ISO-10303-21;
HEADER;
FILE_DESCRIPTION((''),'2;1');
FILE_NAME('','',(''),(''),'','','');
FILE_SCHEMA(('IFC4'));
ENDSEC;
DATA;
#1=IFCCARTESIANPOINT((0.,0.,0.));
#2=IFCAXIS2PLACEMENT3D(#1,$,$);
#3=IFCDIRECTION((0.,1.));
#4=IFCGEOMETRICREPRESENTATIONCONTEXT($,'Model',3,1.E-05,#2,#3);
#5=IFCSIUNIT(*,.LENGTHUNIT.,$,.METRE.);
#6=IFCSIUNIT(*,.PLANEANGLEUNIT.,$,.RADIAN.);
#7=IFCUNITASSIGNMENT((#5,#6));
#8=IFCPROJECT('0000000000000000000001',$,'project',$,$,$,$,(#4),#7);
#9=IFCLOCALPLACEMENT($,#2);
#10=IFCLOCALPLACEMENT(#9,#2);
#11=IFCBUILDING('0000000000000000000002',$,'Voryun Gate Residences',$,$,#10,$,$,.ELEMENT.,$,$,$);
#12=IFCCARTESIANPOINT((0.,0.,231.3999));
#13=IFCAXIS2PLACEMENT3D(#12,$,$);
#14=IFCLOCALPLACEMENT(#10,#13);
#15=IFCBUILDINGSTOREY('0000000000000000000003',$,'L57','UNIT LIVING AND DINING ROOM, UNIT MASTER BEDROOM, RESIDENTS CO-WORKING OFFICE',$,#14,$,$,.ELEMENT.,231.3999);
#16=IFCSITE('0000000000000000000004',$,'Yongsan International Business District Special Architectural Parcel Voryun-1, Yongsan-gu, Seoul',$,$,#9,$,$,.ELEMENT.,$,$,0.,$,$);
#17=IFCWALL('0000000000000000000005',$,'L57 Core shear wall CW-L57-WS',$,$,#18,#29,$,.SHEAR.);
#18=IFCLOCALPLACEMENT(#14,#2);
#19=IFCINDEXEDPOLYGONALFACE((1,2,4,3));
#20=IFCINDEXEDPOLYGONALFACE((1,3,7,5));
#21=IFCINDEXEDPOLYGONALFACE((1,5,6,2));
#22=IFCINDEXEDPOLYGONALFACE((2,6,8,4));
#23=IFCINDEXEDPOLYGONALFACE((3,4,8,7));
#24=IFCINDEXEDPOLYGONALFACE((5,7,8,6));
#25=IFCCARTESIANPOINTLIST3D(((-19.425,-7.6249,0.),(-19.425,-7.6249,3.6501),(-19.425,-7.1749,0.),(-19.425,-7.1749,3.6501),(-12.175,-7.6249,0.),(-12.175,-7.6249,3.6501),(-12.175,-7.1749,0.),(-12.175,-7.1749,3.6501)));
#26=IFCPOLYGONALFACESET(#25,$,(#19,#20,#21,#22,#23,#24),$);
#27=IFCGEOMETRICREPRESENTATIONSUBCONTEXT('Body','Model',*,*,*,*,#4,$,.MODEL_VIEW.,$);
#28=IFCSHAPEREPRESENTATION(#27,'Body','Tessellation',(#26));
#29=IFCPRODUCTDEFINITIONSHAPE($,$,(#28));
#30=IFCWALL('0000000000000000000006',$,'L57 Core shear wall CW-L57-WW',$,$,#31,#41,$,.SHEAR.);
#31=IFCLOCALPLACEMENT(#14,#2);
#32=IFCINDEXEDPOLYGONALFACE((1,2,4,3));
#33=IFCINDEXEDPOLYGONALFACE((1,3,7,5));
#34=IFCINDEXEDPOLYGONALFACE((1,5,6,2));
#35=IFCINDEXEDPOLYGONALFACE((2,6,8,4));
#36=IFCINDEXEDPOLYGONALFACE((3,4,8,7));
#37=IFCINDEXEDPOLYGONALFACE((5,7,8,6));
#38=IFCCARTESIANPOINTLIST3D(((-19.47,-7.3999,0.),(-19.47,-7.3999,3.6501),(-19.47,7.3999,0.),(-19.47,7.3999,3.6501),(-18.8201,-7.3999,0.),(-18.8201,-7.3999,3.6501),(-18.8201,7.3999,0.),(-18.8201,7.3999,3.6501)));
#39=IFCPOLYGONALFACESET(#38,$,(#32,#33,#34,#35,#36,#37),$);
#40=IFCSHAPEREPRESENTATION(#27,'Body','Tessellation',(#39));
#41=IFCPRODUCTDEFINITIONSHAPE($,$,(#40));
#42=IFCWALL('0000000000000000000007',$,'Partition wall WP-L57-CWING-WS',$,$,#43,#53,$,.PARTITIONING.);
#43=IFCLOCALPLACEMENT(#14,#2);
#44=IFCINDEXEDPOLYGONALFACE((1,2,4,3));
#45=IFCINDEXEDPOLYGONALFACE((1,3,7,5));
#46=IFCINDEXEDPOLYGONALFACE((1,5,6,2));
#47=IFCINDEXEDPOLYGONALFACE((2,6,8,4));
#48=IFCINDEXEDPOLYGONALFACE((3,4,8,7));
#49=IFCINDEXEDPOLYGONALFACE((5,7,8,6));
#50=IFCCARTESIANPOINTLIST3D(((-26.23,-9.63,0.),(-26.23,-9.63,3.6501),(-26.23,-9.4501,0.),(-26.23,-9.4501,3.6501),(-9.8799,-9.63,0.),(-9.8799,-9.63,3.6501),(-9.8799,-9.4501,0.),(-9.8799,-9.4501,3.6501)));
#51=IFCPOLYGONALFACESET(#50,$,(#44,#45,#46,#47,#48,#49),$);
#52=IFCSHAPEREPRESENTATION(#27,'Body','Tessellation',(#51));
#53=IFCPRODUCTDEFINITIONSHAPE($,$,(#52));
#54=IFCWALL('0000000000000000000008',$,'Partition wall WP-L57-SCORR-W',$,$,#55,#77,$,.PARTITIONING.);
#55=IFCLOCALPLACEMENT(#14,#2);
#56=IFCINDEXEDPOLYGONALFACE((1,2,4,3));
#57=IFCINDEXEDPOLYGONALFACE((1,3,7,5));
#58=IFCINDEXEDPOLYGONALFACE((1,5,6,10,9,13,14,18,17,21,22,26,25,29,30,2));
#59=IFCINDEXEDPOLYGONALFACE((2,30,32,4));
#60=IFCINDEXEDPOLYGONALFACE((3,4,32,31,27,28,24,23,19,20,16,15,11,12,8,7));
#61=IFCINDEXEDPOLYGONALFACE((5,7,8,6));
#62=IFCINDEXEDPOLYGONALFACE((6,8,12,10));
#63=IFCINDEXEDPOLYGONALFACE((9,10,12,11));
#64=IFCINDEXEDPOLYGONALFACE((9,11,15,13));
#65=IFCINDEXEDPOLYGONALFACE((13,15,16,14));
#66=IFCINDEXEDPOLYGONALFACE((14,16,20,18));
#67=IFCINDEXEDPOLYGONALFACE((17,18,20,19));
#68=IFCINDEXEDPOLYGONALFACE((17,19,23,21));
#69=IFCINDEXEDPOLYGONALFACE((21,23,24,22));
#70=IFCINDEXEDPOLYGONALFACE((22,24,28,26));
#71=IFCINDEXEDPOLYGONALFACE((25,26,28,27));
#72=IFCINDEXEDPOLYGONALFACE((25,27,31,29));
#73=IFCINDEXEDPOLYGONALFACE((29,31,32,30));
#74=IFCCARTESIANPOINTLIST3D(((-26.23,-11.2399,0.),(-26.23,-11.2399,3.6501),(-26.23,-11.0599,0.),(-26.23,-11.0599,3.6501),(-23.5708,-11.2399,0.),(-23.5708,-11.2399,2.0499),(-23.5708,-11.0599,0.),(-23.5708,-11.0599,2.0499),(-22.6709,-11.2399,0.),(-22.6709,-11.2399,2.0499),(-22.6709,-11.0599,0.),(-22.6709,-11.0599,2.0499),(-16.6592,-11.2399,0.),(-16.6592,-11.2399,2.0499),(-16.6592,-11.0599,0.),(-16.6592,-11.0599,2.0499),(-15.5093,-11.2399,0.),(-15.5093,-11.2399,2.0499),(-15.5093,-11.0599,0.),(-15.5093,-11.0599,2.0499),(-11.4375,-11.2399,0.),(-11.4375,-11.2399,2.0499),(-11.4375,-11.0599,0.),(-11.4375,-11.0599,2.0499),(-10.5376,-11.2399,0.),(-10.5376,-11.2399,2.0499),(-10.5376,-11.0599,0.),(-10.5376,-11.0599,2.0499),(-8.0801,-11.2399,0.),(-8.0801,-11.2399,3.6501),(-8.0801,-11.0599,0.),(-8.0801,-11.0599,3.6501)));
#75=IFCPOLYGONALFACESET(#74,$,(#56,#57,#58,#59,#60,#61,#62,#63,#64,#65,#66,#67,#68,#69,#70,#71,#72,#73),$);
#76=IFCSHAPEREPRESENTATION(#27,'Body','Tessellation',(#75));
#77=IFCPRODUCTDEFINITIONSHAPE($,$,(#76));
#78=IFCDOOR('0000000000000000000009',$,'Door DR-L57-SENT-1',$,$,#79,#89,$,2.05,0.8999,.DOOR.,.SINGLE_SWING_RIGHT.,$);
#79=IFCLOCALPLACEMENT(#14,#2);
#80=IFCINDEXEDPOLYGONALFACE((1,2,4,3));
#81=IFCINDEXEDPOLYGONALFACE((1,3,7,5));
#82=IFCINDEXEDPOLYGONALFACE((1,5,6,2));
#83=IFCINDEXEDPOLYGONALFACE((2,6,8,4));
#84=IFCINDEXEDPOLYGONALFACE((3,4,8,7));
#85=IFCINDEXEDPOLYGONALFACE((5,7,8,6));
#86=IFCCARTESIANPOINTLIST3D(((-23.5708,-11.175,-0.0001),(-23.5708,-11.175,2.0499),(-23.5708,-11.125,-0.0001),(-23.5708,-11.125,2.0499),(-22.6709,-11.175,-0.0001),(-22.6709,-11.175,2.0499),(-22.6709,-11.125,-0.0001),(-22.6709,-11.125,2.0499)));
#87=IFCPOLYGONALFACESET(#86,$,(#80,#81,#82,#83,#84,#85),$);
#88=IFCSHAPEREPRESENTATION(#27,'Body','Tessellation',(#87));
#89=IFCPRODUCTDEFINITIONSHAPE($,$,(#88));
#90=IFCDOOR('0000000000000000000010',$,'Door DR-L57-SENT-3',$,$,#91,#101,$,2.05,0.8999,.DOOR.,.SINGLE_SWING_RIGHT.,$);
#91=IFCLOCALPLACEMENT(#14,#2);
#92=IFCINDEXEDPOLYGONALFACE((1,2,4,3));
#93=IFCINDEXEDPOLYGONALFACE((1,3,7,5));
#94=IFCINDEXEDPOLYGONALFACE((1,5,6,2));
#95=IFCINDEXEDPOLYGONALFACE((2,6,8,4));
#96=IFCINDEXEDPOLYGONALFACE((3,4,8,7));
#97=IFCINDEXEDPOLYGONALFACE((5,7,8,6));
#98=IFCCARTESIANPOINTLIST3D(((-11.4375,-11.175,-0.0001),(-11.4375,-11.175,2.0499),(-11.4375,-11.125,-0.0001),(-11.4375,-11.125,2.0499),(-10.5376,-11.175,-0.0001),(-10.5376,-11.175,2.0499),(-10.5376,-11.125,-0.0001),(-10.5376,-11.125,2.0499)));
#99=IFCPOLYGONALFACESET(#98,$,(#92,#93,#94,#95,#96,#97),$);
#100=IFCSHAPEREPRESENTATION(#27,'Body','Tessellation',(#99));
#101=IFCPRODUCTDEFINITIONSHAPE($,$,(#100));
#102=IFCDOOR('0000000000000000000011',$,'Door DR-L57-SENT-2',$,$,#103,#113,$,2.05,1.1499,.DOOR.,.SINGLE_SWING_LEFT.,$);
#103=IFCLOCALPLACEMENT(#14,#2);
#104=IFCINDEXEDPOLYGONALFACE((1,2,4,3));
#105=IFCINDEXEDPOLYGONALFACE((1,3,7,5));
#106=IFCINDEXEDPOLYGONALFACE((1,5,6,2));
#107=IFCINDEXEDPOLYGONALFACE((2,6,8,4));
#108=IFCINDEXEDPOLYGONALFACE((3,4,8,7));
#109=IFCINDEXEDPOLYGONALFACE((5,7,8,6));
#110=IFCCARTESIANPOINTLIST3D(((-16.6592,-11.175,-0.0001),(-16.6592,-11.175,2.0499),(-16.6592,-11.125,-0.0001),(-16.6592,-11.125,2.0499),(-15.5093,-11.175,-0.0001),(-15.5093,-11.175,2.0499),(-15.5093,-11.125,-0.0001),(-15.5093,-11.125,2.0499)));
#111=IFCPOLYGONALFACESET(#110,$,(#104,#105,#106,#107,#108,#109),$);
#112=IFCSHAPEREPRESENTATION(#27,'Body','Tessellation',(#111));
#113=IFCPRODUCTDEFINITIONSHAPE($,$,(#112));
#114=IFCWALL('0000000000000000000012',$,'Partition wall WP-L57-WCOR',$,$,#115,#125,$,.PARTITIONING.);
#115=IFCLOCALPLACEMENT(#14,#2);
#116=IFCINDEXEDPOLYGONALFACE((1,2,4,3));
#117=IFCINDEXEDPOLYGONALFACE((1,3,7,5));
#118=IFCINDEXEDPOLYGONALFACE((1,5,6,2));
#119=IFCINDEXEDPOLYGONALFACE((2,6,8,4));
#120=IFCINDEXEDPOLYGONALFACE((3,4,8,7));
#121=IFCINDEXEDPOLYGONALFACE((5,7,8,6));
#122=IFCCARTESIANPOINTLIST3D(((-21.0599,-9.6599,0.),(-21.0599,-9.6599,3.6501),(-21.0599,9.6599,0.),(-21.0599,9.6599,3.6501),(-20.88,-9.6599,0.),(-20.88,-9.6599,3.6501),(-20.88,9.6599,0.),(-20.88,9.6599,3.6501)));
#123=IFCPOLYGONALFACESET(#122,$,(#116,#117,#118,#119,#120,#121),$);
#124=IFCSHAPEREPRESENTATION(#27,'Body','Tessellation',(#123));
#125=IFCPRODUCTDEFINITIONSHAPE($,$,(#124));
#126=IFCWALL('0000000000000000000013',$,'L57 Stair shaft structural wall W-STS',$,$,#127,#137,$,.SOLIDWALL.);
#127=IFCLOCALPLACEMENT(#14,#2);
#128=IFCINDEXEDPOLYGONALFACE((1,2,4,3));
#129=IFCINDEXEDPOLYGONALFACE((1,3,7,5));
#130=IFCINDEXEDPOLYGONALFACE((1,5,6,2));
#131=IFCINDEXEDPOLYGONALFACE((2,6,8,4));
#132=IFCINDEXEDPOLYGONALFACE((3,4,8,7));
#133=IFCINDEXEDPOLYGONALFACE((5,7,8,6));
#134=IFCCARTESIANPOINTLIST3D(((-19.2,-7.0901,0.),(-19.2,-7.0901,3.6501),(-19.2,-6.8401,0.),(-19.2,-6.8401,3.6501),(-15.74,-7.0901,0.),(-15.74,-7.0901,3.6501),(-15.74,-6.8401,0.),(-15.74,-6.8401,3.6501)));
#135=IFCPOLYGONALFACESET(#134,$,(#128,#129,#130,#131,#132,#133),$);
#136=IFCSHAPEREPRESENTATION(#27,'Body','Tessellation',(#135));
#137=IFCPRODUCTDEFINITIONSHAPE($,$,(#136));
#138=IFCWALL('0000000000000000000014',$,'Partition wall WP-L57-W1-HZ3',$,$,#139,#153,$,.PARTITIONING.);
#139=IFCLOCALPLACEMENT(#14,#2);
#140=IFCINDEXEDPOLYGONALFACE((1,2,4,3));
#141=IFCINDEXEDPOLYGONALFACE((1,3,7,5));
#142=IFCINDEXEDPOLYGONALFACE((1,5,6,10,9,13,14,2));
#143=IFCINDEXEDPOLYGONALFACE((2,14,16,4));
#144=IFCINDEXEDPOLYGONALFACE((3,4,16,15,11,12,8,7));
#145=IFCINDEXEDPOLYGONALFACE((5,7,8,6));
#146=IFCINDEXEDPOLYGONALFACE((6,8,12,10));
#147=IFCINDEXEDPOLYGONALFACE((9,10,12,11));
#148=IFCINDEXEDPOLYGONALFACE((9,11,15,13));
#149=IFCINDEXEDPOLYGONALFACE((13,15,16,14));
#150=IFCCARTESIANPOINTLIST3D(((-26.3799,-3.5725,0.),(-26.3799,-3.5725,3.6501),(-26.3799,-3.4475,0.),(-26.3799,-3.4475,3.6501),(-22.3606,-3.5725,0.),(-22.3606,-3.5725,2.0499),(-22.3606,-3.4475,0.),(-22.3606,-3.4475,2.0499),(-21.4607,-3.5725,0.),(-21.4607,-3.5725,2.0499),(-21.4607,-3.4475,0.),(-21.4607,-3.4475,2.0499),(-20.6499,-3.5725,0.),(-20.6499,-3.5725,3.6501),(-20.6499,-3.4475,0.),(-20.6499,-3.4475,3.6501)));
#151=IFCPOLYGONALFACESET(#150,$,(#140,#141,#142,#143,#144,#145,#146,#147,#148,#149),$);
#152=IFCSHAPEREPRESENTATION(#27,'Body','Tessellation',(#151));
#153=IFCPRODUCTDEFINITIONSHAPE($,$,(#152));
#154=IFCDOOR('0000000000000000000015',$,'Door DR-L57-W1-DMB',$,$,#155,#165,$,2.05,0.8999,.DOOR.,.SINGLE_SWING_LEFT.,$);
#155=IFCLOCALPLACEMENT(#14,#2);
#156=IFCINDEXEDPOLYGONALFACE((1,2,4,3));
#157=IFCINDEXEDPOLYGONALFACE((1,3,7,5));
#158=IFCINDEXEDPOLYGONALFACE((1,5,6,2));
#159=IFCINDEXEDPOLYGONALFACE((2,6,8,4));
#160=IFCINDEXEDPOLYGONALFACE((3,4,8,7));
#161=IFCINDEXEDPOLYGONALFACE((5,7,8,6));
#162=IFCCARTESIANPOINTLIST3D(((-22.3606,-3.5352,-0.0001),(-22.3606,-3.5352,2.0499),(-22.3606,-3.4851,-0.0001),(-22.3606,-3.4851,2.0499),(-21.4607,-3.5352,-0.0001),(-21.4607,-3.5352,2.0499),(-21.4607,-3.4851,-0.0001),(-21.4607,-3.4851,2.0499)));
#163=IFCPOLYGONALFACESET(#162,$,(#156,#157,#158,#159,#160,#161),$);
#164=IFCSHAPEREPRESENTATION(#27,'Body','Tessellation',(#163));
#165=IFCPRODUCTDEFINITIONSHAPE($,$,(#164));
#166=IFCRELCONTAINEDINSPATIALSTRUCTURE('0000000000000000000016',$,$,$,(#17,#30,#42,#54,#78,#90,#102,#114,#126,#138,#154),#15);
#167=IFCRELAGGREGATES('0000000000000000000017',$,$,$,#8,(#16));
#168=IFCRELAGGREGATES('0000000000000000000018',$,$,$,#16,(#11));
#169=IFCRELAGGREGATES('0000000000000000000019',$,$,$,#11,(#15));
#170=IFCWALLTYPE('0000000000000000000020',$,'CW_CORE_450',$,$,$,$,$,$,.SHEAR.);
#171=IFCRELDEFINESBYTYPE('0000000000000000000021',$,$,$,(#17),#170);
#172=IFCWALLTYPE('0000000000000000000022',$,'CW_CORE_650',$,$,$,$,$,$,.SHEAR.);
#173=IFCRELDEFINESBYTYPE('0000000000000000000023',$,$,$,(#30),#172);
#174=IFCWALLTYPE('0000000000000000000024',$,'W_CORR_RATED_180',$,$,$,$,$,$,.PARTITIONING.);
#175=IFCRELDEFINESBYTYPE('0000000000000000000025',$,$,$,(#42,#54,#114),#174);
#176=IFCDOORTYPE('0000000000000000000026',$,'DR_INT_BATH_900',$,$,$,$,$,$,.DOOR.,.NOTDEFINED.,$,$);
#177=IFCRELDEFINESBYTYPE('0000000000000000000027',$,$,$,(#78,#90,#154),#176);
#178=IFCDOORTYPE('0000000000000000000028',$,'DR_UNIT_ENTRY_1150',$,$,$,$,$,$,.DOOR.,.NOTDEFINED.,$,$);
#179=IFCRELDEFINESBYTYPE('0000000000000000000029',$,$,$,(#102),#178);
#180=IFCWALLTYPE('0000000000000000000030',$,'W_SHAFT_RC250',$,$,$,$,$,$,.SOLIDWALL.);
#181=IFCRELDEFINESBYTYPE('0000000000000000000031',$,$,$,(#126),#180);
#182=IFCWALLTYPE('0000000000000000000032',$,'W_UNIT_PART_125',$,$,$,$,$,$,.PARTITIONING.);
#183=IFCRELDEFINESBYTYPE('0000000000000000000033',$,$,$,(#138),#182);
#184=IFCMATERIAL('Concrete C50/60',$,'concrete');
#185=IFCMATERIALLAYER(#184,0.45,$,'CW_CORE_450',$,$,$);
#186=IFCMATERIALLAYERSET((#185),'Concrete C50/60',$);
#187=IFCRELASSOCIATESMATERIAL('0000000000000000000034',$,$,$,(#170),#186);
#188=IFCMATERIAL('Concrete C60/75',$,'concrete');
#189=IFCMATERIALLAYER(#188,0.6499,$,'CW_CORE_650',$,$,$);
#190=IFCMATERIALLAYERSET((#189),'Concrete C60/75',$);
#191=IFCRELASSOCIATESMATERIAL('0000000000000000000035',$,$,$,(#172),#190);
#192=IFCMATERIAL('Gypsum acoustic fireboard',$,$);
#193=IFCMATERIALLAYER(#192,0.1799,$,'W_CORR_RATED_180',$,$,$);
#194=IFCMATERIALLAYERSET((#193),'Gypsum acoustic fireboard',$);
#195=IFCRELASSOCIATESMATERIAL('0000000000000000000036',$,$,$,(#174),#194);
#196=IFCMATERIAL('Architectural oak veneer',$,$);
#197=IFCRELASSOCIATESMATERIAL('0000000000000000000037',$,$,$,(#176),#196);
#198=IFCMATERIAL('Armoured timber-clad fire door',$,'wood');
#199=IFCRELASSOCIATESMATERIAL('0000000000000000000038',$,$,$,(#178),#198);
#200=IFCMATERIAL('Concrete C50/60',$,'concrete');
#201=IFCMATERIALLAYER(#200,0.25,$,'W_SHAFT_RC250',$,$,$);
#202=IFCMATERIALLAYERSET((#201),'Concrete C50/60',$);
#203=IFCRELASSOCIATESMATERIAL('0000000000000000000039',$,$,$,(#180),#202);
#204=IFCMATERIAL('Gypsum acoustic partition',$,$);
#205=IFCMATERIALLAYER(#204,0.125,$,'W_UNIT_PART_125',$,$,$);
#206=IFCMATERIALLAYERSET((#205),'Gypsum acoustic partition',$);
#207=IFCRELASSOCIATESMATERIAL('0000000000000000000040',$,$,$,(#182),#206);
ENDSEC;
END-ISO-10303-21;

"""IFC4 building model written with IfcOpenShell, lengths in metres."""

from ifc_helpers import new_model, si_unit, direction, frame, frame_2d, origin, place, context, subcontext, project, spatial, rectangle, extrude, material, layer, layer_set, type_object, element, fill, save


model = new_model("IFC4")

# Units and contexts
model_context = context("Model", 3, precision=1e-05, world=origin(), true_north=direction((0.0, 1.0)))
body_context = subcontext(model_context, "Body", "Model", "MODEL_VIEW")
ifc_project = project(units=[si_unit("LENGTHUNIT", "METRE"), si_unit("PLANEANGLEUNIT", "RADIAN")], contexts=[model_context])

# Site, building, storey
site_placement = place(None, origin())
site = spatial("IfcSite", under=ifc_project, at=site_placement, Name="Yongsan International Business District Special Architectural Parcel Voryun-1, Yongsan-gu, Seoul", CompositionType="ELEMENT", RefElevation=0.0)
building_placement = place(site_placement, origin())
building = spatial("IfcBuilding", under=site, at=building_placement, Name="Voryun Gate Residences", CompositionType="ELEMENT")
storey_placement = place(building_placement, frame((0.0, 0.0, 231.3999)))
storey = spatial("IfcBuildingStorey", under=building, at=storey_placement, Name="L57", Description="UNIT LIVING AND DINING ROOM, UNIT MASTER BEDROOM, RESIDENTS CO-WORKING OFFICE", CompositionType="ELEMENT", Elevation=231.3999)

# Walls
ifc_material_1 = material(Name="Concrete C50/60", Category="concrete")
ifc_layer_1 = layer(ifc_material_1, 0.45, Name="CW_CORE_450")
ifc_layer_set_1 = layer_set([ifc_layer_1], Name="Concrete C50/60")
wall_type_1 = type_object("IfcWallType", Name="CW_CORE_450", PredefinedType="SHEAR", material=ifc_layer_set_1)
wall_1_placement = place(storey_placement, frame((-19.425, -7.3999, 0.0), z_axis=(0.0, 0.0, 1.0), x_axis=(1.0, 0.0, 0.0)))
element("IfcWall", 1, at=wall_1_placement, inside=storey, type_object=wall_type_1, Name="L57 Core shear wall CW-L57-WS", PredefinedType="SHEAR", context=body_context, shape_type="SweptSolid", body=[
    extrude(rectangle(XDim=7.25, YDim=0.45, at=frame_2d((3.625, 0.0))), origin(), (0.0, 0.0, 1.0), 3.6501),
])
ifc_material_2 = material(Name="Concrete C60/75", Category="concrete")
ifc_layer_2 = layer(ifc_material_2, 0.6499, Name="CW_CORE_650")
ifc_layer_set_2 = layer_set([ifc_layer_2], Name="Concrete C60/75")
wall_type_2 = type_object("IfcWallType", Name="CW_CORE_650", PredefinedType="SHEAR", material=ifc_layer_set_2)
wall_2_placement = place(storey_placement, frame((-19.145, -7.3999, 0.0), z_axis=(0.0, 0.0, 1.0), x_axis=(0.0, 1.0, 0.0)))
element("IfcWall", 2, at=wall_2_placement, inside=storey, type_object=wall_type_2, Name="L57 Core shear wall CW-L57-WW", PredefinedType="SHEAR", context=body_context, shape_type="SweptSolid", body=[
    extrude(rectangle(XDim=14.7998, YDim=0.6499, at=frame_2d((7.3999, 0.0))), origin(), (0.0, 0.0, 1.0), 3.6501),
])
ifc_material_3 = material(Name="Gypsum acoustic fireboard")
ifc_layer_3 = layer(ifc_material_3, 0.1799, Name="W_CORR_RATED_180")
ifc_layer_set_3 = layer_set([ifc_layer_3], Name="Gypsum acoustic fireboard")
wall_type_3 = type_object("IfcWallType", Name="W_CORR_RATED_180", PredefinedType="PARTITIONING", material=ifc_layer_set_3)
wall_3_placement = place(storey_placement, frame((-26.23, -9.54, 0.0), z_axis=(0.0, 0.0, 1.0), x_axis=(1.0, 0.0, 0.0)))
element("IfcWall", 3, at=wall_3_placement, inside=storey, type_object=wall_type_3, Name="Partition wall WP-L57-CWING-WS", PredefinedType="PARTITIONING", context=body_context, shape_type="SweptSolid", body=[
    extrude(rectangle(XDim=16.3501, YDim=0.1799, at=frame_2d((8.175, 0.0))), origin(), (0.0, 0.0, 1.0), 3.6501),
])

# Wall, openings, doors
wall_4_placement = place(storey_placement, frame((-26.23, -11.1499, 0.0), z_axis=(0.0, 0.0, 1.0), x_axis=(1.0, 0.0, 0.0)))
wall_4 = element("IfcWall", 4, at=wall_4_placement, inside=storey, type_object=wall_type_3, Name="Partition wall WP-L57-SCORR-W", PredefinedType="PARTITIONING", context=body_context, shape_type="SweptSolid", body=[
    extrude(rectangle(XDim=18.1499, YDim=0.1799, at=frame_2d((9.075, 0.0))), origin(), (0.0, 0.0, 1.0), 3.6501),
])
opening_1_placement = place(wall_4_placement, frame((2.6592, 0.0, 0.0)))
opening_1 = element("IfcOpeningElement", 5, at=opening_1_placement, cuts=wall_4, PredefinedType="OPENING", context=body_context, shape_type="SweptSolid", body=[
    extrude(rectangle(XDim=0.8999, YDim=2.05, at=frame_2d((0.45, 1.0249))), frame((0.0, 0.0999, 0.0), z_axis=(0.0, -1.0, 0.0), x_axis=(1.0, 0.0, 0.0)), (0.0, 0.0, 1.0), 0.2),
])
opening_2_placement = place(wall_4_placement, frame((9.5708, 0.0, 0.0)))
opening_2 = element("IfcOpeningElement", 6, at=opening_2_placement, cuts=wall_4, PredefinedType="OPENING", context=body_context, shape_type="SweptSolid", body=[
    extrude(rectangle(XDim=1.1499, YDim=2.05, at=frame_2d((0.575, 1.0249))), frame((0.0, 0.0999, 0.0), z_axis=(0.0, -1.0, 0.0), x_axis=(1.0, 0.0, 0.0)), (0.0, 0.0, 1.0), 0.2),
])
opening_3_placement = place(wall_4_placement, frame((14.7925, 0.0, 0.0)))
opening_3 = element("IfcOpeningElement", 7, at=opening_3_placement, cuts=wall_4, PredefinedType="OPENING", context=body_context, shape_type="SweptSolid", body=[
    extrude(rectangle(XDim=0.8999, YDim=2.05, at=frame_2d((0.45, 1.0249))), frame((0.0, 0.0999, 0.0), z_axis=(0.0, -1.0, 0.0), x_axis=(1.0, 0.0, 0.0)), (0.0, 0.0, 1.0), 0.2),
])
ifc_material_4 = material(Name="Architectural oak veneer")
door_type_1 = type_object("IfcDoorType", Name="DR_INT_BATH_900", OperationType="NOTDEFINED", PredefinedType="DOOR", material=ifc_material_4)
door_1_placement = place(opening_1_placement, origin())
door_1 = element("IfcDoor", 8, at=door_1_placement, inside=storey, type_object=door_type_1, Name="Door DR-L57-SENT-1", OperationType="SINGLE_SWING_RIGHT", OverallHeight=2.05, OverallWidth=0.8999, PredefinedType="DOOR", context=body_context, shape_type="SweptSolid", body=[
    extrude(rectangle(XDim=0.8999, YDim=2.05, at=frame_2d((0.45, 1.0249))), frame((0.0, 0.0249, 0.0), z_axis=(0.0, -1.0, 0.0), x_axis=(1.0, 0.0, 0.0)), (0.0, 0.0, 1.0), 0.05),
])
fill(opening_1, door_1)
door_2_placement = place(opening_3_placement, origin())
door_2 = element("IfcDoor", 9, at=door_2_placement, inside=storey, type_object=door_type_1, Name="Door DR-L57-SENT-3", OperationType="SINGLE_SWING_RIGHT", OverallHeight=2.05, OverallWidth=0.8999, PredefinedType="DOOR", context=body_context, shape_type="SweptSolid", body=[
    extrude(rectangle(XDim=0.8999, YDim=2.05, at=frame_2d((0.45, 1.0249))), frame((0.0, 0.0249, 0.0), z_axis=(0.0, -1.0, 0.0), x_axis=(1.0, 0.0, 0.0)), (0.0, 0.0, 1.0), 0.05),
])
fill(opening_3, door_2)
ifc_material_5 = material(Name="Armoured timber-clad fire door", Category="wood")
door_type_2 = type_object("IfcDoorType", Name="DR_UNIT_ENTRY_1150", OperationType="NOTDEFINED", PredefinedType="DOOR", material=ifc_material_5)
door_3_placement = place(opening_2_placement, origin())
door_3 = element("IfcDoor", 10, at=door_3_placement, inside=storey, type_object=door_type_2, Name="Door DR-L57-SENT-2", OperationType="SINGLE_SWING_LEFT", OverallHeight=2.05, OverallWidth=1.1499, PredefinedType="DOOR", context=body_context, shape_type="SweptSolid", body=[
    extrude(rectangle(XDim=1.1499, YDim=2.05, at=frame_2d((0.575, 1.0249))), frame((0.0, 0.0249, 0.0), z_axis=(0.0, -1.0, 0.0), x_axis=(1.0, 0.0, 0.0)), (0.0, 0.0, 1.0), 0.05),
])
fill(opening_2, door_3)

# Walls
wall_5_placement = place(storey_placement, frame((-20.97, -9.6599, 0.0), z_axis=(0.0, 0.0, 1.0), x_axis=(0.0, 1.0, 0.0)))
element("IfcWall", 11, at=wall_5_placement, inside=storey, type_object=wall_type_3, Name="Partition wall WP-L57-WCOR", PredefinedType="PARTITIONING", context=body_context, shape_type="SweptSolid", body=[
    extrude(rectangle(XDim=19.3198, YDim=0.1799, at=frame_2d((9.6599, 0.0))), origin(), (0.0, 0.0, 1.0), 3.6501),
])
ifc_material_6 = material(Name="Concrete C50/60", Category="concrete")
ifc_layer_4 = layer(ifc_material_6, 0.25, Name="W_SHAFT_RC250")
ifc_layer_set_4 = layer_set([ifc_layer_4], Name="Concrete C50/60")
wall_type_4 = type_object("IfcWallType", Name="W_SHAFT_RC250", PredefinedType="SOLIDWALL", material=ifc_layer_set_4)
wall_6_placement = place(storey_placement, frame((-19.2, -6.9651, 0.0), z_axis=(0.0, 0.0, 1.0), x_axis=(1.0, 0.0, 0.0)))
element("IfcWall", 12, at=wall_6_placement, inside=storey, type_object=wall_type_4, Name="L57 Stair shaft structural wall W-STS", PredefinedType="SOLIDWALL", context=body_context, shape_type="SweptSolid", body=[
    extrude(rectangle(XDim=3.46, YDim=0.25, at=frame_2d((1.73, 0.0))), origin(), (0.0, 0.0, 1.0), 3.6501),
])

# Wall, opening, door
ifc_material_7 = material(Name="Gypsum acoustic partition")
ifc_layer_5 = layer(ifc_material_7, 0.125, Name="W_UNIT_PART_125")
ifc_layer_set_5 = layer_set([ifc_layer_5], Name="Gypsum acoustic partition")
wall_type_5 = type_object("IfcWallType", Name="W_UNIT_PART_125", PredefinedType="PARTITIONING", material=ifc_layer_set_5)
wall_7_placement = place(storey_placement, frame((-26.3799, -3.51, 0.0), z_axis=(0.0, 0.0, 1.0), x_axis=(1.0, 0.0, 0.0)))
wall_7 = element("IfcWall", 13, at=wall_7_placement, inside=storey, type_object=wall_type_5, Name="Partition wall WP-L57-W1-HZ3", PredefinedType="PARTITIONING", context=body_context, shape_type="SweptSolid", body=[
    extrude(rectangle(XDim=5.73, YDim=0.125, at=frame_2d((2.865, 0.0))), origin(), (0.0, 0.0, 1.0), 3.6501),
])
opening_4_placement = place(wall_7_placement, frame((4.0193, 0.0, 0.0)))
opening_4 = element("IfcOpeningElement", 14, at=opening_4_placement, cuts=wall_7, PredefinedType="OPENING", context=body_context, shape_type="SweptSolid", body=[
    extrude(rectangle(XDim=0.8999, YDim=2.05, at=frame_2d((0.45, 1.0249))), frame((0.0, 0.0725, 0.0), z_axis=(0.0, -1.0, 0.0), x_axis=(1.0, 0.0, 0.0)), (0.0, 0.0, 1.0), 0.145),
])
door_4_placement = place(opening_4_placement, origin())
door_4 = element("IfcDoor", 15, at=door_4_placement, inside=storey, type_object=door_type_1, Name="Door DR-L57-W1-DMB", OperationType="SINGLE_SWING_LEFT", OverallHeight=2.05, OverallWidth=0.8999, PredefinedType="DOOR", context=body_context, shape_type="SweptSolid", body=[
    extrude(rectangle(XDim=0.8999, YDim=2.05, at=frame_2d((0.45, 1.0249))), frame((0.0, 0.0249, 0.0), z_axis=(0.0, -1.0, 0.0), x_axis=(1.0, 0.0, 0.0)), (0.0, 0.0, 1.0), 0.05),
])
fill(opening_4, door_4)

save(model, "model.ifc")
